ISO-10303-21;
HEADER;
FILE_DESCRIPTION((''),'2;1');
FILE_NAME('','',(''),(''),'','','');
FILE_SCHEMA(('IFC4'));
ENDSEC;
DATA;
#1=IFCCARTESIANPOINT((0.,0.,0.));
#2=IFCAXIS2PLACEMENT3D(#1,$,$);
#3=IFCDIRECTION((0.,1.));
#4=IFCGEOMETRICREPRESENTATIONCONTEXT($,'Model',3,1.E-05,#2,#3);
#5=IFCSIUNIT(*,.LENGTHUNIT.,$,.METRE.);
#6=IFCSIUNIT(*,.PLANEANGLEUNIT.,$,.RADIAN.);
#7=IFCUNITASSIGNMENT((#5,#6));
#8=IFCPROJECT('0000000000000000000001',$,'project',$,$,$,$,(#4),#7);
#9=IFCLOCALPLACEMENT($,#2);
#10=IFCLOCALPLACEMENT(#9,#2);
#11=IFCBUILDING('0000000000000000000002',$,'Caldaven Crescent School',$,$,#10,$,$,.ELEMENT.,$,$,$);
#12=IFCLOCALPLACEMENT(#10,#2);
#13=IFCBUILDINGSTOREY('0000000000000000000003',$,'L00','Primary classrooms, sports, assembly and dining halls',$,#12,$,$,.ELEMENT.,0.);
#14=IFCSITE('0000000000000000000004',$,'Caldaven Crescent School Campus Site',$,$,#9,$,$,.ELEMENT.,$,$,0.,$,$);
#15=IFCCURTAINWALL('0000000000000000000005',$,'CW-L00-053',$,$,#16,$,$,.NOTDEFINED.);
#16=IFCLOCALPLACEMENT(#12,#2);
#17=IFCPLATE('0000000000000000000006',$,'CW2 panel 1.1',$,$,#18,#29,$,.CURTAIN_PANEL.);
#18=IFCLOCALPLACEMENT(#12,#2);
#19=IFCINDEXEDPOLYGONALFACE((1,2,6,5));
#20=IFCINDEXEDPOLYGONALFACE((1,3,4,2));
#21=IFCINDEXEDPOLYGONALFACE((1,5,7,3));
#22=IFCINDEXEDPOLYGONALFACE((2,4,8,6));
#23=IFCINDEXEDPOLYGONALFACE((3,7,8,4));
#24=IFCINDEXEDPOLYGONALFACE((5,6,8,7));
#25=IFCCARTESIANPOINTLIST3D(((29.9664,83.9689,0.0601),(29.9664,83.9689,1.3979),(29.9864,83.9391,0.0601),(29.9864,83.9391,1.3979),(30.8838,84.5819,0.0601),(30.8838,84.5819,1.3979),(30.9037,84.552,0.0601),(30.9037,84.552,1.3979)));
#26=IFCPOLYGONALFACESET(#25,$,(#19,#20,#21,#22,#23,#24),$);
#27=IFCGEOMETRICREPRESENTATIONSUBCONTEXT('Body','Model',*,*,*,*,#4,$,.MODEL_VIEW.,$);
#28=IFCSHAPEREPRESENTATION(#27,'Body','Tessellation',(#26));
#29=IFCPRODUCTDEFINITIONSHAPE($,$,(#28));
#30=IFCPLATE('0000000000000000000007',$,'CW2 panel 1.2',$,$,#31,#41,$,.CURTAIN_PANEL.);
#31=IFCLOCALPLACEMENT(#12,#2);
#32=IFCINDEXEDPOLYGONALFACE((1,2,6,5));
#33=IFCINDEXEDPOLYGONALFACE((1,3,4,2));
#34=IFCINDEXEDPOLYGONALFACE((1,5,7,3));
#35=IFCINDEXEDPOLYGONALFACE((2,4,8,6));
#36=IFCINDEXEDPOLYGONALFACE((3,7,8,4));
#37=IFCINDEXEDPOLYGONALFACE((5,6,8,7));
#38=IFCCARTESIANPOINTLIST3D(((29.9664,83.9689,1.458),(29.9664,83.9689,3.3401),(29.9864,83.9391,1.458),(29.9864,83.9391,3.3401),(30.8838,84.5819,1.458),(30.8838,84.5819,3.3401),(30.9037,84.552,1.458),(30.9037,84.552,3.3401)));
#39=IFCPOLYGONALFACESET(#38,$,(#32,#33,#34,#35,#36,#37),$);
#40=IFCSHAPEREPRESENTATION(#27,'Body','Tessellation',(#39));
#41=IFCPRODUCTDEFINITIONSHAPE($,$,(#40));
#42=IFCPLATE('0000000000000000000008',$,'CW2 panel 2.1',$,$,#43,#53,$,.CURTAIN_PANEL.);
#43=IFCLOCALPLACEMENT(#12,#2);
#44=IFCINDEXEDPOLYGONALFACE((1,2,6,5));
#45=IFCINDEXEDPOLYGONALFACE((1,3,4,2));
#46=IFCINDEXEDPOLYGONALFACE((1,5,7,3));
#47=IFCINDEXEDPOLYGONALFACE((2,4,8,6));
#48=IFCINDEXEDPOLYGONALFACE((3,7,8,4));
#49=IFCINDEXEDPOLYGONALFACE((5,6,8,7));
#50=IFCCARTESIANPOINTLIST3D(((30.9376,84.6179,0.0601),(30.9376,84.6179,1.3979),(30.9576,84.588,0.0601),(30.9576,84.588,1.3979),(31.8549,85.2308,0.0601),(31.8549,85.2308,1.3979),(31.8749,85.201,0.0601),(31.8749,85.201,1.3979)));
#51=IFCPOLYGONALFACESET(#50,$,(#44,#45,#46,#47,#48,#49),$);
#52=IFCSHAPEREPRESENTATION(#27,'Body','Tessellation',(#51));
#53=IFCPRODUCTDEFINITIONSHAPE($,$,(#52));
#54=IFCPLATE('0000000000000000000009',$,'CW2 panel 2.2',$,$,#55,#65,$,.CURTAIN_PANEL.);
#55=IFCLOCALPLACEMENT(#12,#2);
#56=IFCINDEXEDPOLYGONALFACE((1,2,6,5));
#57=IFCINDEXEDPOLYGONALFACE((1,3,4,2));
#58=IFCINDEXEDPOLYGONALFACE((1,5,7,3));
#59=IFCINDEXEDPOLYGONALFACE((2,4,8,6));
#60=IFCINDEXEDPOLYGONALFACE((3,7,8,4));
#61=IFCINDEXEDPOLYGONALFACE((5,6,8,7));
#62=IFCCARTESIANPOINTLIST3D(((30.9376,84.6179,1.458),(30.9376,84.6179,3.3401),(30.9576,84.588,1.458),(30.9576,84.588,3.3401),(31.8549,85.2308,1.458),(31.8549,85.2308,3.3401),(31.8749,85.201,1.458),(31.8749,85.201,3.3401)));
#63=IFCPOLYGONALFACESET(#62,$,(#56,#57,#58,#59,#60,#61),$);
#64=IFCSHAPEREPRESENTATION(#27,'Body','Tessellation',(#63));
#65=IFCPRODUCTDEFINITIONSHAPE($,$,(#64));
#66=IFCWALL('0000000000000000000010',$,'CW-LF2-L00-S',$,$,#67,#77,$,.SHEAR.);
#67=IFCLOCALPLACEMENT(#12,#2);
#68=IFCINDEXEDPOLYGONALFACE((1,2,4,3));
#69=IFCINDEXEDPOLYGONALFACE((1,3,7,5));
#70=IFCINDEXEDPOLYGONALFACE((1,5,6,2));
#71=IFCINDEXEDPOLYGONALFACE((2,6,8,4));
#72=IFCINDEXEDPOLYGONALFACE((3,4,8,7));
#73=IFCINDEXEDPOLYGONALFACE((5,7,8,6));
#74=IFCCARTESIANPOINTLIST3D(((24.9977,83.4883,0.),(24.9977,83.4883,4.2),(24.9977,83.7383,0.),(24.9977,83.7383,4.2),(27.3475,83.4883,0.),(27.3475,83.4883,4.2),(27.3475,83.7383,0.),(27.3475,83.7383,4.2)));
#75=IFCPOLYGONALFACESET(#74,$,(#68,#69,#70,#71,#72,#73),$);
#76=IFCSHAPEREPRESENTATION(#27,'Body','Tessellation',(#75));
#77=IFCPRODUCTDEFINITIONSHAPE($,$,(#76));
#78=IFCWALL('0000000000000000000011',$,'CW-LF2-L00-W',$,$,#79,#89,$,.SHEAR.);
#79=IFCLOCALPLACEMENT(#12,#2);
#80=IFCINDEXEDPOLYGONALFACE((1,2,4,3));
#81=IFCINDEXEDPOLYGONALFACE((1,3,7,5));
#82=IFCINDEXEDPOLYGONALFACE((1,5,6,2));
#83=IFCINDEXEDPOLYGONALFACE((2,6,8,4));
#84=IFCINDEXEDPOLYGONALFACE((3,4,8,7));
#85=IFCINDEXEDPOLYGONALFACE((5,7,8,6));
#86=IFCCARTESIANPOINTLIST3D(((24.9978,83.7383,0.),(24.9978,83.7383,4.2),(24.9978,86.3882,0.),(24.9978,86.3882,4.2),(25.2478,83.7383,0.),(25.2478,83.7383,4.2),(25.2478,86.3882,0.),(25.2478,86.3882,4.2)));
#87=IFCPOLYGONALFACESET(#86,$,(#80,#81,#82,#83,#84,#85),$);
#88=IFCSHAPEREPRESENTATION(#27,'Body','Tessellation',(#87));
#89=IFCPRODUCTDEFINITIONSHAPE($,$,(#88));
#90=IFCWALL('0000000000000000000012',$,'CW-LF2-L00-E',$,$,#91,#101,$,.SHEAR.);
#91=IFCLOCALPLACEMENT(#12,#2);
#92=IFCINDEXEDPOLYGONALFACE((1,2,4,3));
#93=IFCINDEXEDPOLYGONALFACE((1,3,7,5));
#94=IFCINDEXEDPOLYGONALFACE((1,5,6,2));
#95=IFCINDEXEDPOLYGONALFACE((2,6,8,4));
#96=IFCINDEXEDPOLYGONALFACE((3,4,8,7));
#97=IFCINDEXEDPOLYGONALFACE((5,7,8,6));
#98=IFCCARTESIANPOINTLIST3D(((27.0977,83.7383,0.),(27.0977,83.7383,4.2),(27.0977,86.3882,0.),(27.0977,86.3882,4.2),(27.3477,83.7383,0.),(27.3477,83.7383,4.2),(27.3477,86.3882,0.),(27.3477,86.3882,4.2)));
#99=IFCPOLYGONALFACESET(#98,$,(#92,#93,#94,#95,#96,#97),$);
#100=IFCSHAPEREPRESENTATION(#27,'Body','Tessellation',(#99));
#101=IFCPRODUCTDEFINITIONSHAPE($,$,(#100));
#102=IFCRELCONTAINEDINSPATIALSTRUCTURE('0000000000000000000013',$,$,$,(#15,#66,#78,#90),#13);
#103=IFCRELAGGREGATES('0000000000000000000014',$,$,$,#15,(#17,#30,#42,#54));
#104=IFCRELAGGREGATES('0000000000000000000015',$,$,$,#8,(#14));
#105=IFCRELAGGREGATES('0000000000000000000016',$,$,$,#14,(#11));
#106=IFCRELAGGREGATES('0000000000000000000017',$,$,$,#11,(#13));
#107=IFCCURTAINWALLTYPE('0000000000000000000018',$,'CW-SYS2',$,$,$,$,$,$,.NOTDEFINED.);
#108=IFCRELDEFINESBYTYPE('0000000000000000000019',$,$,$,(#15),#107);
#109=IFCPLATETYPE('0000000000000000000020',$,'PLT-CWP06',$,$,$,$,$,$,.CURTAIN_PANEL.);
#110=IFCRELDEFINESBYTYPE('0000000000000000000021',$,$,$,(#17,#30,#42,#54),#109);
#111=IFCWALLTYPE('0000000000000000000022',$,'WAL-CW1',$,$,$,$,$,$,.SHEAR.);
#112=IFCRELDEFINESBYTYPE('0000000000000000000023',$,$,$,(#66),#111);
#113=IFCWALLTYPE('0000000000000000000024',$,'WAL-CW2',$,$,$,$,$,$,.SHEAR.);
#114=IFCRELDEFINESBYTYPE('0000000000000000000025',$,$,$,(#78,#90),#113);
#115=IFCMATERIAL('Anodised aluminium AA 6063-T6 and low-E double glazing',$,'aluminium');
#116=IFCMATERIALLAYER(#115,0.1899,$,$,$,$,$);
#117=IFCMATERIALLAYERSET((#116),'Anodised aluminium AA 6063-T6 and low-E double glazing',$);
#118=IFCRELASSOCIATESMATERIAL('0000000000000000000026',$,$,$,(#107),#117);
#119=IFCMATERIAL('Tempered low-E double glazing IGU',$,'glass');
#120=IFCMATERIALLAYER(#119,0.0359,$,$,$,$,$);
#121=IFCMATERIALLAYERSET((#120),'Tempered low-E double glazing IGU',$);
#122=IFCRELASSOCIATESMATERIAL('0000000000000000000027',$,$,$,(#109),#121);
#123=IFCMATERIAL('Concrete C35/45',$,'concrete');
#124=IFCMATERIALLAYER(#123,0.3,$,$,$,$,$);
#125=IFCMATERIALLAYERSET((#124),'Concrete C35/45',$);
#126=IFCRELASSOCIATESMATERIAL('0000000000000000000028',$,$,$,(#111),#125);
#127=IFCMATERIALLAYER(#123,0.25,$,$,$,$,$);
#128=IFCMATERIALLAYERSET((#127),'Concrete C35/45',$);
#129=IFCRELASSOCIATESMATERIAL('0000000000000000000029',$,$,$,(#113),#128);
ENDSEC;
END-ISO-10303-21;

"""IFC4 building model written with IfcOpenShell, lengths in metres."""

from ifc_helpers import new_model, si_unit, direction, frame, frame_2d, origin, origin_2d, place, context, subcontext, project, spatial, rectangle, extrude, material, layer, layer_set, type_object, element, aggregate, save


model = new_model("IFC4")

# Units and contexts
model_context = context("Model", 3, precision=1e-05, world=origin(), true_north=direction((0.0, 1.0)))
body_context = subcontext(model_context, "Body", "Model", "MODEL_VIEW")
ifc_project = project(units=[si_unit("LENGTHUNIT", "METRE"), si_unit("PLANEANGLEUNIT", "RADIAN")], contexts=[model_context])

# Site, building, storey
site_placement = place(None, origin())
site = spatial("IfcSite", under=ifc_project, at=site_placement, Name="Caldaven Crescent School Campus Site", CompositionType="ELEMENT", RefElevation=0.0)
building_placement = place(site_placement, origin())
building = spatial("IfcBuilding", under=site, at=building_placement, Name="Caldaven Crescent School", CompositionType="ELEMENT")
storey_placement = place(building_placement, origin())
storey = spatial("IfcBuildingStorey", under=building, at=storey_placement, Name="L00", Description="Primary classrooms, sports, assembly and dining halls", CompositionType="ELEMENT", Elevation=0.0)

# Shared definitions
ifc_material_1 = material(Name="Concrete C35/45", Category="concrete")

# Curtain wall
ifc_material_2 = material(Name="Anodised aluminium AA 6063-T6 and low-E double glazing", Category="aluminium")
ifc_layer_1 = layer(ifc_material_2, 0.1899)
ifc_layer_set_1 = layer_set([ifc_layer_1], Name="Anodised aluminium AA 6063-T6 and low-E double glazing")
curtain_wall_type_1 = type_object("IfcCurtainWallType", Name="CW-SYS2", PredefinedType="NOTDEFINED", material=ifc_layer_set_1)
curtain_wall_1_placement = place(storey_placement, origin())
curtain_wall_1 = element("IfcCurtainWall", 1, at=curtain_wall_1_placement, inside=storey, type_object=curtain_wall_type_1, Name="CW-L00-053", PredefinedType="NOTDEFINED")

# Plates
ifc_material_3 = material(Name="Tempered low-E double glazing IGU", Category="glass")
ifc_layer_2 = layer(ifc_material_3, 0.0359)
ifc_layer_set_2 = layer_set([ifc_layer_2], Name="Tempered low-E double glazing IGU")
plate_type_1 = type_object("IfcPlateType", Name="PLT-CWP06", PredefinedType="CURTAIN_PANEL", material=ifc_layer_set_2)
plate_1_placement = place(storey_placement, frame((30.4351, 84.2605, 0.0601), z_axis=(0.0, 0.0, 1.0), x_axis=(0.83147, 0.55557, 0.0)))
plate_1 = element("IfcPlate", 2, at=plate_1_placement, type_object=plate_type_1, Name="CW2 panel 1.1", PredefinedType="CURTAIN_PANEL", context=body_context, shape_type="SweptSolid", body=[
    extrude(rectangle(XDim=1.1033, YDim=0.0359, at=origin_2d()), origin(), (0.0, 0.0, 1.0), 1.3379),
])
plate_2_placement = place(storey_placement, frame((30.4351, 84.2605, 1.458), z_axis=(0.0, 0.0, 1.0), x_axis=(0.83147, 0.55557, 0.0)))
plate_2 = element("IfcPlate", 3, at=plate_2_placement, type_object=plate_type_1, Name="CW2 panel 1.2", PredefinedType="CURTAIN_PANEL", context=body_context, shape_type="SweptSolid", body=[
    extrude(rectangle(XDim=1.1033, YDim=0.0359, at=origin_2d()), origin(), (0.0, 0.0, 1.0), 1.8821),
])
plate_3_placement = place(storey_placement, frame((31.4062, 84.9094, 0.0601), z_axis=(0.0, 0.0, 1.0), x_axis=(0.83147, 0.55557, 0.0)))
plate_3 = element("IfcPlate", 4, at=plate_3_placement, type_object=plate_type_1, Name="CW2 panel 2.1", PredefinedType="CURTAIN_PANEL", context=body_context, shape_type="SweptSolid", body=[
    extrude(rectangle(XDim=1.1033, YDim=0.0359, at=origin_2d()), origin(), (0.0, 0.0, 1.0), 1.3379),
])
plate_4_placement = place(storey_placement, frame((31.4062, 84.9094, 1.458), z_axis=(0.0, 0.0, 1.0), x_axis=(0.83147, 0.55557, 0.0)))
plate_4 = element("IfcPlate", 5, at=plate_4_placement, type_object=plate_type_1, Name="CW2 panel 2.2", PredefinedType="CURTAIN_PANEL", context=body_context, shape_type="SweptSolid", body=[
    extrude(rectangle(XDim=1.1033, YDim=0.0359, at=origin_2d()), origin(), (0.0, 0.0, 1.0), 1.8821),
])
aggregate(curtain_wall_1, [plate_1, plate_2, plate_3, plate_4])

# Walls
ifc_layer_3 = layer(ifc_material_1, 0.3)
ifc_layer_set_3 = layer_set([ifc_layer_3], Name="Concrete C35/45")
wall_type_1 = type_object("IfcWallType", Name="WAL-CW1", PredefinedType="SHEAR", material=ifc_layer_set_3)
wall_placement = place(storey_placement, frame((24.9978, 83.6133, 0.0), z_axis=(0.0, 0.0, 1.0), x_axis=(1.0, 0.0, 0.0)))
element("IfcWall", 6, at=wall_placement, inside=storey, type_object=wall_type_1, Name="CW-LF2-L00-S", PredefinedType="SHEAR", context=body_context, shape_type="SweptSolid", body=[
    extrude(rectangle(XDim=2.3499, YDim=0.25, at=frame_2d((1.1748, 0.0))), origin(), (0.0, 0.0, 1.0), 4.2),
])
ifc_layer_4 = layer(ifc_material_1, 0.25)
ifc_layer_set_4 = layer_set([ifc_layer_4], Name="Concrete C35/45")
wall_type_2 = type_object("IfcWallType", Name="WAL-CW2", PredefinedType="SHEAR", material=ifc_layer_set_4)
for number, where, z_axis, x_axis, name in (
    (7, (25.1228, 83.7383, 0.0), (0.0, 0.0, 1.0), (0.0, 1.0, 0.0), "CW-LF2-L00-W"),
    (8, (27.2227, 83.7383, 0.0), (0.0, 0.0, 1.0), (0.0, 1.0, 0.0), "CW-LF2-L00-E"),
):
    element("IfcWall", number, at=place(storey_placement, frame(where, z_axis=z_axis, x_axis=x_axis)), inside=storey, type_object=wall_type_2, Name=name, PredefinedType="SHEAR", context=body_context, shape_type="SweptSolid", body=[
        extrude(rectangle(XDim=2.6499, YDim=0.25, at=frame_2d((1.325, 0.0))), origin(), (0.0, 0.0, 1.0), 4.2),
    ])

save(model, "model.ifc")
